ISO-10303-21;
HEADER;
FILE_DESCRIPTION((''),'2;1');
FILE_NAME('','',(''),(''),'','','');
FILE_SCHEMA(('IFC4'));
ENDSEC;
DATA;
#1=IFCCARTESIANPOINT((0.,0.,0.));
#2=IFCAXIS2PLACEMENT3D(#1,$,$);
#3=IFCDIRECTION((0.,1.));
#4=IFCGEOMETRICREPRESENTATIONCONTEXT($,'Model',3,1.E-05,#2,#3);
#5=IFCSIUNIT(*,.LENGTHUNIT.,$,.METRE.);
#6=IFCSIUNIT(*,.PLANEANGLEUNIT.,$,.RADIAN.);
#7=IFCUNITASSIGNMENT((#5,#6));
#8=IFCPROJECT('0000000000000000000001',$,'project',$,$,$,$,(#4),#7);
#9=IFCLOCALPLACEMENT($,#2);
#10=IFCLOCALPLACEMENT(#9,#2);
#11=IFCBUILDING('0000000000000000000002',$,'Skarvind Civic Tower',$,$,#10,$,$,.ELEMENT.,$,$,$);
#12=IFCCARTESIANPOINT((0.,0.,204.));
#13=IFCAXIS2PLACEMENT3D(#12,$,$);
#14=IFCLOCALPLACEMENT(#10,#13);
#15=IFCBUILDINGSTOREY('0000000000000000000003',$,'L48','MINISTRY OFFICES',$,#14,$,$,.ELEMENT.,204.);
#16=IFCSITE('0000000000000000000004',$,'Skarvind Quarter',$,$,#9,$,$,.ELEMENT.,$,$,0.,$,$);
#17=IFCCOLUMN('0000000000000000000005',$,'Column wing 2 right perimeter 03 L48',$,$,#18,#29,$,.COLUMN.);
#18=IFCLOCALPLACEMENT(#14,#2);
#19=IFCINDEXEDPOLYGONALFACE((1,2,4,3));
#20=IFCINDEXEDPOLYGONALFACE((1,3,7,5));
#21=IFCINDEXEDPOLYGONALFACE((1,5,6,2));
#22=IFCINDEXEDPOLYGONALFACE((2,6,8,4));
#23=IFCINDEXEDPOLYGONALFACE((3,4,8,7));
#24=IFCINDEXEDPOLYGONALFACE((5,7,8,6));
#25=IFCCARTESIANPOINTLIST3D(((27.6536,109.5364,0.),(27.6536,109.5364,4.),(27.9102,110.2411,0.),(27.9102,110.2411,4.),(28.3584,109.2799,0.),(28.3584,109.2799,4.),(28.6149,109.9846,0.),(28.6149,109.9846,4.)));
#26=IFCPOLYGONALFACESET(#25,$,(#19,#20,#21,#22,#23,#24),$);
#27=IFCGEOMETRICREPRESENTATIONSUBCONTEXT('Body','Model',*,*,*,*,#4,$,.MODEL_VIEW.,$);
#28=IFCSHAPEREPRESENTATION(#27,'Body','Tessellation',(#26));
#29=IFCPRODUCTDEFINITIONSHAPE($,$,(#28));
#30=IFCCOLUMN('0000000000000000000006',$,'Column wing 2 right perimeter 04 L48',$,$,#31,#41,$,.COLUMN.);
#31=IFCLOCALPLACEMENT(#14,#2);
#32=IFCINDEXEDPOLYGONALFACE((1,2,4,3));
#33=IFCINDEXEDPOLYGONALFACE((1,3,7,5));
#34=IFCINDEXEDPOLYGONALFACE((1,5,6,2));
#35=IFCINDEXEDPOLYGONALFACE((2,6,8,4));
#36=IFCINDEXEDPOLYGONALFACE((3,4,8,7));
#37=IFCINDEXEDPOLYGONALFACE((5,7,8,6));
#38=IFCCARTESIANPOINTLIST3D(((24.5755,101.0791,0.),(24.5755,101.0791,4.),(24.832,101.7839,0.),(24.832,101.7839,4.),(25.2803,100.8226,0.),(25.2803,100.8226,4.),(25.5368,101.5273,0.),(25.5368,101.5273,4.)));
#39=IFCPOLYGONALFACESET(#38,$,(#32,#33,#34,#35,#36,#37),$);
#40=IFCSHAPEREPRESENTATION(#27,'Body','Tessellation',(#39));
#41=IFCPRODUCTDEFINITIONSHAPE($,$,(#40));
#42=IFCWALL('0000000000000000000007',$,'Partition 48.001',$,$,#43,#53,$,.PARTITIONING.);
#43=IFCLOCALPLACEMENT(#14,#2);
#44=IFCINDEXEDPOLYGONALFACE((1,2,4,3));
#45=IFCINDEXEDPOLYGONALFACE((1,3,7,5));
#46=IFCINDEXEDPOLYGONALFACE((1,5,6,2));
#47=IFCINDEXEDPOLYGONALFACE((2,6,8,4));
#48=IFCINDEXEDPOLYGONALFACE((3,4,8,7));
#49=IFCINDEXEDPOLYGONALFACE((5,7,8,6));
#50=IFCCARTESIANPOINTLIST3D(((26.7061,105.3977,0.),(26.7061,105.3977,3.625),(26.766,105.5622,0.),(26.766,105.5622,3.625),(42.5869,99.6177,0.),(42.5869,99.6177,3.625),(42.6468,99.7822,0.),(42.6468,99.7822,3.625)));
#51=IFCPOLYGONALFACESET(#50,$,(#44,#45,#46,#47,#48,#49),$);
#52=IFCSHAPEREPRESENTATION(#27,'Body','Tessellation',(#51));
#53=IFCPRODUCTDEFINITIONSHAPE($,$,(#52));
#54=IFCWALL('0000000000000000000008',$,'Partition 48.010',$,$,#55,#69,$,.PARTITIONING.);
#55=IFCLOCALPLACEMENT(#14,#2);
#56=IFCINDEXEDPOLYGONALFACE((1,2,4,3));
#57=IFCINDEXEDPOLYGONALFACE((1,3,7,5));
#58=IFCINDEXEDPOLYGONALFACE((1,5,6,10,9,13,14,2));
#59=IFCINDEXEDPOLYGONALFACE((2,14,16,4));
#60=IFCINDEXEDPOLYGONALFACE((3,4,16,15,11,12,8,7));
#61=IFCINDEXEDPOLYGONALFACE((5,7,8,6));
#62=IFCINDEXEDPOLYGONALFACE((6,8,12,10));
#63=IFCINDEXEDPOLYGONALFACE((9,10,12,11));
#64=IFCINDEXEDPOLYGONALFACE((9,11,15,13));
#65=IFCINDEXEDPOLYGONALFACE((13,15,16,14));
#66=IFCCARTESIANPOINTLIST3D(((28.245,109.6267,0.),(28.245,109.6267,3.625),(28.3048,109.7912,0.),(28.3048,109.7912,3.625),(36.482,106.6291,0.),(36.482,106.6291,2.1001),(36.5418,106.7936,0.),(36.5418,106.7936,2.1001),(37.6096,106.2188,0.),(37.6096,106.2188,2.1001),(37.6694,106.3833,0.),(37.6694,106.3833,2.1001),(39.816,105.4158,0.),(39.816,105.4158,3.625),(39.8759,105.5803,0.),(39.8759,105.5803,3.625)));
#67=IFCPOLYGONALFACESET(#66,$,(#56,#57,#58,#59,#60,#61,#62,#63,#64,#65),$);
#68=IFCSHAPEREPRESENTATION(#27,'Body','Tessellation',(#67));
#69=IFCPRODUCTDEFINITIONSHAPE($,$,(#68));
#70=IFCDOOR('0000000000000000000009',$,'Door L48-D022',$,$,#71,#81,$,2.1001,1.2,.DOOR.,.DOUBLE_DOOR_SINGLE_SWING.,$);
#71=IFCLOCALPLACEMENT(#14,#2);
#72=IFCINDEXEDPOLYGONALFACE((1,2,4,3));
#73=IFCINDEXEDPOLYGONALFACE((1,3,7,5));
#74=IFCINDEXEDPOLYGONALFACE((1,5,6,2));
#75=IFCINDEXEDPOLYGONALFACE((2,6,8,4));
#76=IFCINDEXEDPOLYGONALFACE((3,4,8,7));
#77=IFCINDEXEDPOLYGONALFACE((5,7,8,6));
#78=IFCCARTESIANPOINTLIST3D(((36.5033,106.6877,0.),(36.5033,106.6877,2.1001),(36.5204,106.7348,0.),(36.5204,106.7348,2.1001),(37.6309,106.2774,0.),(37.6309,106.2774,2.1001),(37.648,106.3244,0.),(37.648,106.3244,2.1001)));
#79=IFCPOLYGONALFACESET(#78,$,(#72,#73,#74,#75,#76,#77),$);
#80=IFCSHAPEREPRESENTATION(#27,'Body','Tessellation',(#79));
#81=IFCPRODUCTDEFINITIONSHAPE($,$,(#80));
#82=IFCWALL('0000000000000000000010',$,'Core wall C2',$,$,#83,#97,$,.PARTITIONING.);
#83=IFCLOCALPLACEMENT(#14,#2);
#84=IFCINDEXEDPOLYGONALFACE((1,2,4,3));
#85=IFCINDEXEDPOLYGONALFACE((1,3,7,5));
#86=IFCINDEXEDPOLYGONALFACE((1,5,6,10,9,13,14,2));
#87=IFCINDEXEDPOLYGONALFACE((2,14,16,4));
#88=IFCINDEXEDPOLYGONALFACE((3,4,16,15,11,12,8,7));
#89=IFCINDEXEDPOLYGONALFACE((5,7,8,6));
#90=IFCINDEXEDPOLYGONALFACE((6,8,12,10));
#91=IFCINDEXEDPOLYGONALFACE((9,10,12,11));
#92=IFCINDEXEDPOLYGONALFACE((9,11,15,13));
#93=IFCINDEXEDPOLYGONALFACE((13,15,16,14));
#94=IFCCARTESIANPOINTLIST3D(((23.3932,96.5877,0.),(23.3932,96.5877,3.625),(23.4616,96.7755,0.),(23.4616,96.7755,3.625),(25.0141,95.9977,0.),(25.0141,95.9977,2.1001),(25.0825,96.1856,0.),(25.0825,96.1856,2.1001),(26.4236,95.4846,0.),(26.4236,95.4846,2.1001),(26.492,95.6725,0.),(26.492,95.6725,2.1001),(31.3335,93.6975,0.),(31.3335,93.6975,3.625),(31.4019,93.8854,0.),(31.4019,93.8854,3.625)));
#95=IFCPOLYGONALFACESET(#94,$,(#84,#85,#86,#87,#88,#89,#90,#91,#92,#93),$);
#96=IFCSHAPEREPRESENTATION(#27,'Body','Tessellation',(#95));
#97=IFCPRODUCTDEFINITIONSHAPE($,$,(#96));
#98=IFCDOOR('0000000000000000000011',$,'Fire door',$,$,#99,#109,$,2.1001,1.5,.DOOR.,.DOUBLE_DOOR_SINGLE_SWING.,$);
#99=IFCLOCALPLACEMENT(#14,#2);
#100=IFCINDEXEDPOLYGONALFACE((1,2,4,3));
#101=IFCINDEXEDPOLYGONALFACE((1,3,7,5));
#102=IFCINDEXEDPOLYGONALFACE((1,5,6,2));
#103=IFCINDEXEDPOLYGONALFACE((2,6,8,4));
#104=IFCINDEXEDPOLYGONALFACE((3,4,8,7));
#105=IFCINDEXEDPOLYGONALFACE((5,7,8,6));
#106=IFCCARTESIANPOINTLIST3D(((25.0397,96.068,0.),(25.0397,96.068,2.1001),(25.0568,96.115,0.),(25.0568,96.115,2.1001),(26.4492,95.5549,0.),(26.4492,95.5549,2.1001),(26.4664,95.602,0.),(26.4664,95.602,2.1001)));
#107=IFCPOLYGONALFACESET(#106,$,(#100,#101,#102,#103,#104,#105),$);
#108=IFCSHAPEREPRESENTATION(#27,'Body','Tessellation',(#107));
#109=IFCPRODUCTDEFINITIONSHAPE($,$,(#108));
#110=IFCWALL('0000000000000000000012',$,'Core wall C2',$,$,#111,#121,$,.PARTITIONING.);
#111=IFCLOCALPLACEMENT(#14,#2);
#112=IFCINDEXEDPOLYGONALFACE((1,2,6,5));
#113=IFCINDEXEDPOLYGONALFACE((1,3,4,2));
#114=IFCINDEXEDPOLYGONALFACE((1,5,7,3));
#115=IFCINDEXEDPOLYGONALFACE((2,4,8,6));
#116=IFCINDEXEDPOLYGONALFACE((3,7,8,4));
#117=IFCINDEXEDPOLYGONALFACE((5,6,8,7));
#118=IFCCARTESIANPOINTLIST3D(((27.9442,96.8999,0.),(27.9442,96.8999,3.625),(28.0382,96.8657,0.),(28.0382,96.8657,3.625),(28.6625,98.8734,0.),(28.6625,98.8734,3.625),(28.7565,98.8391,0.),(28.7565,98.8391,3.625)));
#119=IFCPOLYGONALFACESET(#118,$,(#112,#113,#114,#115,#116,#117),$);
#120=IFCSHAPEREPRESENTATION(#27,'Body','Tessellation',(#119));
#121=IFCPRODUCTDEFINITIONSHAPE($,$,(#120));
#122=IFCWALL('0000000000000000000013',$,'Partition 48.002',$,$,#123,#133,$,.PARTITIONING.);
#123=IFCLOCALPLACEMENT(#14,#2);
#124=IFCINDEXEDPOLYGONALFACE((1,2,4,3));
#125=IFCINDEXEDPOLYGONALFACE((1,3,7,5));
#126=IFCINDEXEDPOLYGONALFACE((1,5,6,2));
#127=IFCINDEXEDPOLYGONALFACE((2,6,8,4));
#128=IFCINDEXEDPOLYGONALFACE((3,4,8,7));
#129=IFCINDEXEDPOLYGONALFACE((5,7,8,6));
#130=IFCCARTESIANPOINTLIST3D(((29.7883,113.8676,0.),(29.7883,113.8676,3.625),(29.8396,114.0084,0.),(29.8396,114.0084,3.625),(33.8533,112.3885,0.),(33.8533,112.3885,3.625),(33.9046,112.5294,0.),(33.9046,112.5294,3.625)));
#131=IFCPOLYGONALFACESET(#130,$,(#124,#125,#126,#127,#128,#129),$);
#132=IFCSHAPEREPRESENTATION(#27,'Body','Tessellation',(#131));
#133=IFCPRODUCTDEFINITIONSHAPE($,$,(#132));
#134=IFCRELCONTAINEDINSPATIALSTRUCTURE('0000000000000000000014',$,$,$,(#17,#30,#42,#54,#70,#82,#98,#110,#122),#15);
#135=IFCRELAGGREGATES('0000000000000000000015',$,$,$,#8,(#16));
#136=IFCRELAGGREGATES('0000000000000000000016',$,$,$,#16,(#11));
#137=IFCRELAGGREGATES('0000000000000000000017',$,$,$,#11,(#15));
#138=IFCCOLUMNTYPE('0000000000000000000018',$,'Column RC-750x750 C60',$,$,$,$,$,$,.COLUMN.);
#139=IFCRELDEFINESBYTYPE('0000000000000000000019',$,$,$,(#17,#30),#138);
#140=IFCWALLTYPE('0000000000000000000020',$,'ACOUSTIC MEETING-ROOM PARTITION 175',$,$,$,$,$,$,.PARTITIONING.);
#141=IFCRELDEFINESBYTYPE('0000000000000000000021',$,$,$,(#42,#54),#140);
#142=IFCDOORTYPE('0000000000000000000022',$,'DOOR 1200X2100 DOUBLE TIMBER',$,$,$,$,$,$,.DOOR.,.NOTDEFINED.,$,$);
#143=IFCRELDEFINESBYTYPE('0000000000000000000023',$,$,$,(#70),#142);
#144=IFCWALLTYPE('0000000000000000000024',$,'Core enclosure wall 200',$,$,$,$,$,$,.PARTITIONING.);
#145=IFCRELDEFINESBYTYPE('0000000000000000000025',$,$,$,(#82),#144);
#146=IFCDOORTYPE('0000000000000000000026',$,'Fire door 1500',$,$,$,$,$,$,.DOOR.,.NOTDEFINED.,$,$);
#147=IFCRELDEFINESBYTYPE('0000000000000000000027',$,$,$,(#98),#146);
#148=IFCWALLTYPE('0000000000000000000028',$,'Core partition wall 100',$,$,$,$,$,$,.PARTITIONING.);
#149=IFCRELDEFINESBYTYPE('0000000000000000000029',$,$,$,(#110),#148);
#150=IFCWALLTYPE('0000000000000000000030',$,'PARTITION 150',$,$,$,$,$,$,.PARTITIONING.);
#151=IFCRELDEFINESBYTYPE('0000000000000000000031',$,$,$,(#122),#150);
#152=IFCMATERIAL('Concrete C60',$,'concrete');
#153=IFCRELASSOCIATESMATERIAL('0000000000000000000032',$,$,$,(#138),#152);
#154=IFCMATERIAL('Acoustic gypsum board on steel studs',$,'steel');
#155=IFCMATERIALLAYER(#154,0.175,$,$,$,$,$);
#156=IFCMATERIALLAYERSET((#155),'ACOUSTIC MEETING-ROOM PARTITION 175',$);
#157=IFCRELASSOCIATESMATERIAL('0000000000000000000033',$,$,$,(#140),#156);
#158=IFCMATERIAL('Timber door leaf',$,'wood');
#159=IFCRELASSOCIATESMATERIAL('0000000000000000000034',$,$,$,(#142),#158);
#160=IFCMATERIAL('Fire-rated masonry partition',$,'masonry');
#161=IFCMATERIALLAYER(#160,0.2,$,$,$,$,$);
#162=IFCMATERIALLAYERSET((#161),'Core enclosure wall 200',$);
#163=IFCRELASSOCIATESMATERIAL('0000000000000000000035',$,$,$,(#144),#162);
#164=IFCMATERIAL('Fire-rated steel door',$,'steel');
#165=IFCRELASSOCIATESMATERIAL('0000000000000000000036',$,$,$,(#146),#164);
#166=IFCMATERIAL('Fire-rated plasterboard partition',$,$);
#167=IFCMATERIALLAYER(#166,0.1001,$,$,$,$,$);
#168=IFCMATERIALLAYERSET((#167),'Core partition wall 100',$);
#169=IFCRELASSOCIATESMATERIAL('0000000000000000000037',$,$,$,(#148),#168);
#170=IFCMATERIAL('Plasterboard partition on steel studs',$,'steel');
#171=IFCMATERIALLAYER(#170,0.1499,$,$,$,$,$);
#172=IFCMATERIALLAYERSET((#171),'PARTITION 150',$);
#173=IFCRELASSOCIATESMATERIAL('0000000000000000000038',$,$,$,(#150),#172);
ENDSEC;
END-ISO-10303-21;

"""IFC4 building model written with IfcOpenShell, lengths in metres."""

from ifc_helpers import new_model, si_unit, direction, frame, frame_2d, origin, origin_2d, place, context, subcontext, project, spatial, rectangle, extrude, material, layer, layer_set, material_profile, profile_set, type_object, element, fill, save


model = new_model("IFC4")

# Units and contexts
model_context = context("Model", 3, precision=1e-05, world=origin(), true_north=direction((0.0, 1.0)))
body_context = subcontext(model_context, "Body", "Model", "MODEL_VIEW")
ifc_project = project(units=[si_unit("LENGTHUNIT", "METRE"), si_unit("PLANEANGLEUNIT", "RADIAN")], contexts=[model_context])

# Site, building, storey
site_placement = place(None, origin())
site = spatial("IfcSite", under=ifc_project, at=site_placement, Name="Skarvind Quarter", CompositionType="ELEMENT", RefElevation=0.0)
building_placement = place(site_placement, origin())
building = spatial("IfcBuilding", under=site, at=building_placement, Name="Skarvind Civic Tower", CompositionType="ELEMENT")
storey_placement = place(building_placement, frame((0.0, 0.0, 204.0)))
storey = spatial("IfcBuildingStorey", under=building, at=storey_placement, Name="L48", Description="MINISTRY OFFICES", CompositionType="ELEMENT", Elevation=204.0)

# Columns
ifc_material_1 = material(Name="Concrete C60", Category="concrete")
ifc_material_profile = material_profile(ifc_material_1, rectangle(XDim=0.75, YDim=0.75, at=origin_2d()), Name="RC-750x750")
ifc_profile_set = profile_set([ifc_material_profile], Name="Concrete C60")
column_type = type_object("IfcColumnType", Name="Column RC-750x750 C60", PredefinedType="COLUMN", material=ifc_profile_set)
for number, where, z_axis, x_axis, name in (
    (1, (28.1343, 109.7605, 0.0), (0.0, 0.0, 1.0), (-0.34202, -0.939693, 0.0), "Column wing 2 right perimeter 03 L48"),
    (2, (25.0562, 101.3032, 0.0), (0.0, 0.0, 1.0), (-0.34202, -0.939693, 0.0), "Column wing 2 right perimeter 04 L48"),
):
    element("IfcColumn", number, at=place(storey_placement, frame(where, z_axis=z_axis, x_axis=x_axis)), inside=storey, type_object=column_type, Name=name, PredefinedType="COLUMN", context=body_context, shape_type="SweptSolid", body=[
        extrude(rectangle(XDim=0.75, YDim=0.75, at=origin_2d()), origin(), (0.0, 0.0, 1.0), 4.0),
    ])

# Wall
ifc_material_2 = material(Name="Acoustic gypsum board on steel studs", Category="steel")
ifc_layer_1 = layer(ifc_material_2, 0.175)
ifc_layer_set_1 = layer_set([ifc_layer_1], Name="ACOUSTIC MEETING-ROOM PARTITION 175")
wall_type_1 = type_object("IfcWallType", Name="ACOUSTIC MEETING-ROOM PARTITION 175", PredefinedType="PARTITIONING", material=ifc_layer_set_1)
wall_1_placement = place(storey_placement, frame((26.7361, 105.48, 0.0), z_axis=(0.0, 0.0, 1.0), x_axis=(0.939695, -0.342013, 0.0)))
element("IfcWall", 3, at=wall_1_placement, inside=storey, type_object=wall_type_1, Name="Partition 48.001", PredefinedType="PARTITIONING", context=body_context, shape_type="SweptSolid", body=[
    extrude(rectangle(XDim=16.8999, YDim=0.175, at=frame_2d((8.45, 0.0))), origin(), (0.0, 0.0, 1.0), 3.625),
])

# Walls, openings, doors
wall_2_placement = place(storey_placement, frame((28.2749, 109.709, 0.0), z_axis=(0.0, 0.0, 1.0), x_axis=(0.939708, -0.341979, 0.0)))
wall_2 = element("IfcWall", 4, at=wall_2_placement, inside=storey, type_object=wall_type_1, Name="Partition 48.010", PredefinedType="PARTITIONING", context=body_context, shape_type="SweptSolid", body=[
    extrude(rectangle(XDim=12.3135, YDim=0.175, at=frame_2d((6.1567, 0.0))), origin(), (0.0, 0.0, 1.0), 3.625),
])
opening_1_placement = place(wall_2_placement, frame((8.7654, 0.0, 0.0)))
opening_1 = element("IfcOpeningElement", 5, at=opening_1_placement, cuts=wall_2, PredefinedType="OPENING", context=body_context, shape_type="SweptSolid", body=[
    extrude(rectangle(XDim=1.2, YDim=2.1001, at=frame_2d((0.6001, 1.05))), frame((0.0, 0.0974, 0.0), z_axis=(0.0, -1.0, 0.0), x_axis=(1.0, 0.0, 0.0)), (0.0, 0.0, 1.0), 0.1951),
])
ifc_material_3 = material(Name="Timber door leaf", Category="wood")
door_type_1 = type_object("IfcDoorType", Name="DOOR 1200X2100 DOUBLE TIMBER", OperationType="NOTDEFINED", PredefinedType="DOOR", material=ifc_material_3)
door_1_placement = place(opening_1_placement, origin())
door_1 = element("IfcDoor", 6, at=door_1_placement, inside=storey, type_object=door_type_1, Name="Door L48-D022", OperationType="DOUBLE_DOOR_SINGLE_SWING", OverallHeight=2.1001, OverallWidth=1.2, PredefinedType="DOOR", context=body_context, shape_type="SweptSolid", body=[
    extrude(rectangle(XDim=1.2, YDim=2.1001, at=frame_2d((0.6001, 1.05))), frame((0.0, 0.0249, 0.0), z_axis=(0.0, -1.0, 0.0), x_axis=(1.0, 0.0, 0.0)), (0.0, 0.0, 1.0), 0.05),
])
fill(opening_1, door_1)
ifc_material_4 = material(Name="Fire-rated masonry partition", Category="masonry")
ifc_layer_2 = layer(ifc_material_4, 0.2)
ifc_layer_set_2 = layer_set([ifc_layer_2], Name="Core enclosure wall 200")
wall_type_2 = type_object("IfcWallType", Name="Core enclosure wall 200", PredefinedType="PARTITIONING", material=ifc_layer_set_2)
wall_3_placement = place(storey_placement, frame((23.4272, 96.6816, 0.0), z_axis=(0.0, 0.0, 1.0), x_axis=(0.93969, -0.342026, 0.0)))
wall_3 = element("IfcWall", 7, at=wall_3_placement, inside=storey, type_object=wall_type_2, Name="Core wall C2", PredefinedType="PARTITIONING", context=body_context, shape_type="SweptSolid", body=[
    extrude(rectangle(XDim=8.45, YDim=0.2, at=frame_2d((4.2251, 0.0))), origin(), (0.0, 0.0, 1.0), 3.625),
])
opening_2_placement = place(wall_3_placement, frame((1.7251, 0.0, 0.0)))
opening_2 = element("IfcOpeningElement", 8, at=opening_2_placement, cuts=wall_3, PredefinedType="OPENING", context=body_context, shape_type="SweptSolid", body=[
    extrude(rectangle(XDim=1.5, YDim=2.1001, at=frame_2d((0.75, 1.05))), frame((0.0, 0.1099, 0.0), z_axis=(0.0, -1.0, 0.0), x_axis=(1.0, 0.0, 0.0)), (0.0, 0.0, 1.0), 0.22),
])
ifc_material_5 = material(Name="Fire-rated steel door", Category="steel")
door_type_2 = type_object("IfcDoorType", Name="Fire door 1500", OperationType="NOTDEFINED", PredefinedType="DOOR", material=ifc_material_5)
door_2_placement = place(opening_2_placement, origin())
door_2 = element("IfcDoor", 9, at=door_2_placement, inside=storey, type_object=door_type_2, Name="Fire door", OperationType="DOUBLE_DOOR_SINGLE_SWING", OverallHeight=2.1001, OverallWidth=1.5, PredefinedType="DOOR", context=body_context, shape_type="SweptSolid", body=[
    extrude(rectangle(XDim=1.5, YDim=2.1001, at=frame_2d((0.75, 1.05))), frame((0.0, 0.0249, 0.0), z_axis=(0.0, -1.0, 0.0), x_axis=(1.0, 0.0, 0.0)), (0.0, 0.0, 1.0), 0.05),
])
fill(opening_2, door_2)

# Walls
ifc_material_6 = material(Name="Fire-rated plasterboard partition")
ifc_layer_3 = layer(ifc_material_6, 0.1001)
ifc_layer_set_3 = layer_set([ifc_layer_3], Name="Core partition wall 100")
wall_type_3 = type_object("IfcWallType", Name="Core partition wall 100", PredefinedType="PARTITIONING", material=ifc_layer_set_3)
wall_4_placement = place(storey_placement, frame((27.9912, 96.8828, 0.0), z_axis=(0.0, 0.0, 1.0), x_axis=(0.342023, 0.939692, 0.0)))
element("IfcWall", 10, at=wall_4_placement, inside=storey, type_object=wall_type_3, Name="Core wall C2", PredefinedType="PARTITIONING", context=body_context, shape_type="SweptSolid", body=[
    extrude(rectangle(XDim=2.1001, YDim=0.1001, at=frame_2d((1.05, 0.0))), origin(), (0.0, 0.0, 1.0), 3.625),
])
ifc_material_7 = material(Name="Plasterboard partition on steel studs", Category="steel")
ifc_layer_4 = layer(ifc_material_7, 0.1499)
ifc_layer_set_4 = layer_set([ifc_layer_4], Name="PARTITION 150")
wall_type_4 = type_object("IfcWallType", Name="PARTITION 150", PredefinedType="PARTITIONING", material=ifc_layer_set_4)
wall_5_placement = place(storey_placement, frame((29.814, 113.938, 0.0), z_axis=(0.0, 0.0, 1.0), x_axis=(0.939731, -0.341915, 0.0)))
element("IfcWall", 11, at=wall_5_placement, inside=storey, type_object=wall_type_4, Name="Partition 48.002", PredefinedType="PARTITIONING", context=body_context, shape_type="SweptSolid", body=[
    extrude(rectangle(XDim=4.3257, YDim=0.1499, at=frame_2d((2.1628, 0.0))), origin(), (0.0, 0.0, 1.0), 3.625),
])

save(model, "model.ifc")
